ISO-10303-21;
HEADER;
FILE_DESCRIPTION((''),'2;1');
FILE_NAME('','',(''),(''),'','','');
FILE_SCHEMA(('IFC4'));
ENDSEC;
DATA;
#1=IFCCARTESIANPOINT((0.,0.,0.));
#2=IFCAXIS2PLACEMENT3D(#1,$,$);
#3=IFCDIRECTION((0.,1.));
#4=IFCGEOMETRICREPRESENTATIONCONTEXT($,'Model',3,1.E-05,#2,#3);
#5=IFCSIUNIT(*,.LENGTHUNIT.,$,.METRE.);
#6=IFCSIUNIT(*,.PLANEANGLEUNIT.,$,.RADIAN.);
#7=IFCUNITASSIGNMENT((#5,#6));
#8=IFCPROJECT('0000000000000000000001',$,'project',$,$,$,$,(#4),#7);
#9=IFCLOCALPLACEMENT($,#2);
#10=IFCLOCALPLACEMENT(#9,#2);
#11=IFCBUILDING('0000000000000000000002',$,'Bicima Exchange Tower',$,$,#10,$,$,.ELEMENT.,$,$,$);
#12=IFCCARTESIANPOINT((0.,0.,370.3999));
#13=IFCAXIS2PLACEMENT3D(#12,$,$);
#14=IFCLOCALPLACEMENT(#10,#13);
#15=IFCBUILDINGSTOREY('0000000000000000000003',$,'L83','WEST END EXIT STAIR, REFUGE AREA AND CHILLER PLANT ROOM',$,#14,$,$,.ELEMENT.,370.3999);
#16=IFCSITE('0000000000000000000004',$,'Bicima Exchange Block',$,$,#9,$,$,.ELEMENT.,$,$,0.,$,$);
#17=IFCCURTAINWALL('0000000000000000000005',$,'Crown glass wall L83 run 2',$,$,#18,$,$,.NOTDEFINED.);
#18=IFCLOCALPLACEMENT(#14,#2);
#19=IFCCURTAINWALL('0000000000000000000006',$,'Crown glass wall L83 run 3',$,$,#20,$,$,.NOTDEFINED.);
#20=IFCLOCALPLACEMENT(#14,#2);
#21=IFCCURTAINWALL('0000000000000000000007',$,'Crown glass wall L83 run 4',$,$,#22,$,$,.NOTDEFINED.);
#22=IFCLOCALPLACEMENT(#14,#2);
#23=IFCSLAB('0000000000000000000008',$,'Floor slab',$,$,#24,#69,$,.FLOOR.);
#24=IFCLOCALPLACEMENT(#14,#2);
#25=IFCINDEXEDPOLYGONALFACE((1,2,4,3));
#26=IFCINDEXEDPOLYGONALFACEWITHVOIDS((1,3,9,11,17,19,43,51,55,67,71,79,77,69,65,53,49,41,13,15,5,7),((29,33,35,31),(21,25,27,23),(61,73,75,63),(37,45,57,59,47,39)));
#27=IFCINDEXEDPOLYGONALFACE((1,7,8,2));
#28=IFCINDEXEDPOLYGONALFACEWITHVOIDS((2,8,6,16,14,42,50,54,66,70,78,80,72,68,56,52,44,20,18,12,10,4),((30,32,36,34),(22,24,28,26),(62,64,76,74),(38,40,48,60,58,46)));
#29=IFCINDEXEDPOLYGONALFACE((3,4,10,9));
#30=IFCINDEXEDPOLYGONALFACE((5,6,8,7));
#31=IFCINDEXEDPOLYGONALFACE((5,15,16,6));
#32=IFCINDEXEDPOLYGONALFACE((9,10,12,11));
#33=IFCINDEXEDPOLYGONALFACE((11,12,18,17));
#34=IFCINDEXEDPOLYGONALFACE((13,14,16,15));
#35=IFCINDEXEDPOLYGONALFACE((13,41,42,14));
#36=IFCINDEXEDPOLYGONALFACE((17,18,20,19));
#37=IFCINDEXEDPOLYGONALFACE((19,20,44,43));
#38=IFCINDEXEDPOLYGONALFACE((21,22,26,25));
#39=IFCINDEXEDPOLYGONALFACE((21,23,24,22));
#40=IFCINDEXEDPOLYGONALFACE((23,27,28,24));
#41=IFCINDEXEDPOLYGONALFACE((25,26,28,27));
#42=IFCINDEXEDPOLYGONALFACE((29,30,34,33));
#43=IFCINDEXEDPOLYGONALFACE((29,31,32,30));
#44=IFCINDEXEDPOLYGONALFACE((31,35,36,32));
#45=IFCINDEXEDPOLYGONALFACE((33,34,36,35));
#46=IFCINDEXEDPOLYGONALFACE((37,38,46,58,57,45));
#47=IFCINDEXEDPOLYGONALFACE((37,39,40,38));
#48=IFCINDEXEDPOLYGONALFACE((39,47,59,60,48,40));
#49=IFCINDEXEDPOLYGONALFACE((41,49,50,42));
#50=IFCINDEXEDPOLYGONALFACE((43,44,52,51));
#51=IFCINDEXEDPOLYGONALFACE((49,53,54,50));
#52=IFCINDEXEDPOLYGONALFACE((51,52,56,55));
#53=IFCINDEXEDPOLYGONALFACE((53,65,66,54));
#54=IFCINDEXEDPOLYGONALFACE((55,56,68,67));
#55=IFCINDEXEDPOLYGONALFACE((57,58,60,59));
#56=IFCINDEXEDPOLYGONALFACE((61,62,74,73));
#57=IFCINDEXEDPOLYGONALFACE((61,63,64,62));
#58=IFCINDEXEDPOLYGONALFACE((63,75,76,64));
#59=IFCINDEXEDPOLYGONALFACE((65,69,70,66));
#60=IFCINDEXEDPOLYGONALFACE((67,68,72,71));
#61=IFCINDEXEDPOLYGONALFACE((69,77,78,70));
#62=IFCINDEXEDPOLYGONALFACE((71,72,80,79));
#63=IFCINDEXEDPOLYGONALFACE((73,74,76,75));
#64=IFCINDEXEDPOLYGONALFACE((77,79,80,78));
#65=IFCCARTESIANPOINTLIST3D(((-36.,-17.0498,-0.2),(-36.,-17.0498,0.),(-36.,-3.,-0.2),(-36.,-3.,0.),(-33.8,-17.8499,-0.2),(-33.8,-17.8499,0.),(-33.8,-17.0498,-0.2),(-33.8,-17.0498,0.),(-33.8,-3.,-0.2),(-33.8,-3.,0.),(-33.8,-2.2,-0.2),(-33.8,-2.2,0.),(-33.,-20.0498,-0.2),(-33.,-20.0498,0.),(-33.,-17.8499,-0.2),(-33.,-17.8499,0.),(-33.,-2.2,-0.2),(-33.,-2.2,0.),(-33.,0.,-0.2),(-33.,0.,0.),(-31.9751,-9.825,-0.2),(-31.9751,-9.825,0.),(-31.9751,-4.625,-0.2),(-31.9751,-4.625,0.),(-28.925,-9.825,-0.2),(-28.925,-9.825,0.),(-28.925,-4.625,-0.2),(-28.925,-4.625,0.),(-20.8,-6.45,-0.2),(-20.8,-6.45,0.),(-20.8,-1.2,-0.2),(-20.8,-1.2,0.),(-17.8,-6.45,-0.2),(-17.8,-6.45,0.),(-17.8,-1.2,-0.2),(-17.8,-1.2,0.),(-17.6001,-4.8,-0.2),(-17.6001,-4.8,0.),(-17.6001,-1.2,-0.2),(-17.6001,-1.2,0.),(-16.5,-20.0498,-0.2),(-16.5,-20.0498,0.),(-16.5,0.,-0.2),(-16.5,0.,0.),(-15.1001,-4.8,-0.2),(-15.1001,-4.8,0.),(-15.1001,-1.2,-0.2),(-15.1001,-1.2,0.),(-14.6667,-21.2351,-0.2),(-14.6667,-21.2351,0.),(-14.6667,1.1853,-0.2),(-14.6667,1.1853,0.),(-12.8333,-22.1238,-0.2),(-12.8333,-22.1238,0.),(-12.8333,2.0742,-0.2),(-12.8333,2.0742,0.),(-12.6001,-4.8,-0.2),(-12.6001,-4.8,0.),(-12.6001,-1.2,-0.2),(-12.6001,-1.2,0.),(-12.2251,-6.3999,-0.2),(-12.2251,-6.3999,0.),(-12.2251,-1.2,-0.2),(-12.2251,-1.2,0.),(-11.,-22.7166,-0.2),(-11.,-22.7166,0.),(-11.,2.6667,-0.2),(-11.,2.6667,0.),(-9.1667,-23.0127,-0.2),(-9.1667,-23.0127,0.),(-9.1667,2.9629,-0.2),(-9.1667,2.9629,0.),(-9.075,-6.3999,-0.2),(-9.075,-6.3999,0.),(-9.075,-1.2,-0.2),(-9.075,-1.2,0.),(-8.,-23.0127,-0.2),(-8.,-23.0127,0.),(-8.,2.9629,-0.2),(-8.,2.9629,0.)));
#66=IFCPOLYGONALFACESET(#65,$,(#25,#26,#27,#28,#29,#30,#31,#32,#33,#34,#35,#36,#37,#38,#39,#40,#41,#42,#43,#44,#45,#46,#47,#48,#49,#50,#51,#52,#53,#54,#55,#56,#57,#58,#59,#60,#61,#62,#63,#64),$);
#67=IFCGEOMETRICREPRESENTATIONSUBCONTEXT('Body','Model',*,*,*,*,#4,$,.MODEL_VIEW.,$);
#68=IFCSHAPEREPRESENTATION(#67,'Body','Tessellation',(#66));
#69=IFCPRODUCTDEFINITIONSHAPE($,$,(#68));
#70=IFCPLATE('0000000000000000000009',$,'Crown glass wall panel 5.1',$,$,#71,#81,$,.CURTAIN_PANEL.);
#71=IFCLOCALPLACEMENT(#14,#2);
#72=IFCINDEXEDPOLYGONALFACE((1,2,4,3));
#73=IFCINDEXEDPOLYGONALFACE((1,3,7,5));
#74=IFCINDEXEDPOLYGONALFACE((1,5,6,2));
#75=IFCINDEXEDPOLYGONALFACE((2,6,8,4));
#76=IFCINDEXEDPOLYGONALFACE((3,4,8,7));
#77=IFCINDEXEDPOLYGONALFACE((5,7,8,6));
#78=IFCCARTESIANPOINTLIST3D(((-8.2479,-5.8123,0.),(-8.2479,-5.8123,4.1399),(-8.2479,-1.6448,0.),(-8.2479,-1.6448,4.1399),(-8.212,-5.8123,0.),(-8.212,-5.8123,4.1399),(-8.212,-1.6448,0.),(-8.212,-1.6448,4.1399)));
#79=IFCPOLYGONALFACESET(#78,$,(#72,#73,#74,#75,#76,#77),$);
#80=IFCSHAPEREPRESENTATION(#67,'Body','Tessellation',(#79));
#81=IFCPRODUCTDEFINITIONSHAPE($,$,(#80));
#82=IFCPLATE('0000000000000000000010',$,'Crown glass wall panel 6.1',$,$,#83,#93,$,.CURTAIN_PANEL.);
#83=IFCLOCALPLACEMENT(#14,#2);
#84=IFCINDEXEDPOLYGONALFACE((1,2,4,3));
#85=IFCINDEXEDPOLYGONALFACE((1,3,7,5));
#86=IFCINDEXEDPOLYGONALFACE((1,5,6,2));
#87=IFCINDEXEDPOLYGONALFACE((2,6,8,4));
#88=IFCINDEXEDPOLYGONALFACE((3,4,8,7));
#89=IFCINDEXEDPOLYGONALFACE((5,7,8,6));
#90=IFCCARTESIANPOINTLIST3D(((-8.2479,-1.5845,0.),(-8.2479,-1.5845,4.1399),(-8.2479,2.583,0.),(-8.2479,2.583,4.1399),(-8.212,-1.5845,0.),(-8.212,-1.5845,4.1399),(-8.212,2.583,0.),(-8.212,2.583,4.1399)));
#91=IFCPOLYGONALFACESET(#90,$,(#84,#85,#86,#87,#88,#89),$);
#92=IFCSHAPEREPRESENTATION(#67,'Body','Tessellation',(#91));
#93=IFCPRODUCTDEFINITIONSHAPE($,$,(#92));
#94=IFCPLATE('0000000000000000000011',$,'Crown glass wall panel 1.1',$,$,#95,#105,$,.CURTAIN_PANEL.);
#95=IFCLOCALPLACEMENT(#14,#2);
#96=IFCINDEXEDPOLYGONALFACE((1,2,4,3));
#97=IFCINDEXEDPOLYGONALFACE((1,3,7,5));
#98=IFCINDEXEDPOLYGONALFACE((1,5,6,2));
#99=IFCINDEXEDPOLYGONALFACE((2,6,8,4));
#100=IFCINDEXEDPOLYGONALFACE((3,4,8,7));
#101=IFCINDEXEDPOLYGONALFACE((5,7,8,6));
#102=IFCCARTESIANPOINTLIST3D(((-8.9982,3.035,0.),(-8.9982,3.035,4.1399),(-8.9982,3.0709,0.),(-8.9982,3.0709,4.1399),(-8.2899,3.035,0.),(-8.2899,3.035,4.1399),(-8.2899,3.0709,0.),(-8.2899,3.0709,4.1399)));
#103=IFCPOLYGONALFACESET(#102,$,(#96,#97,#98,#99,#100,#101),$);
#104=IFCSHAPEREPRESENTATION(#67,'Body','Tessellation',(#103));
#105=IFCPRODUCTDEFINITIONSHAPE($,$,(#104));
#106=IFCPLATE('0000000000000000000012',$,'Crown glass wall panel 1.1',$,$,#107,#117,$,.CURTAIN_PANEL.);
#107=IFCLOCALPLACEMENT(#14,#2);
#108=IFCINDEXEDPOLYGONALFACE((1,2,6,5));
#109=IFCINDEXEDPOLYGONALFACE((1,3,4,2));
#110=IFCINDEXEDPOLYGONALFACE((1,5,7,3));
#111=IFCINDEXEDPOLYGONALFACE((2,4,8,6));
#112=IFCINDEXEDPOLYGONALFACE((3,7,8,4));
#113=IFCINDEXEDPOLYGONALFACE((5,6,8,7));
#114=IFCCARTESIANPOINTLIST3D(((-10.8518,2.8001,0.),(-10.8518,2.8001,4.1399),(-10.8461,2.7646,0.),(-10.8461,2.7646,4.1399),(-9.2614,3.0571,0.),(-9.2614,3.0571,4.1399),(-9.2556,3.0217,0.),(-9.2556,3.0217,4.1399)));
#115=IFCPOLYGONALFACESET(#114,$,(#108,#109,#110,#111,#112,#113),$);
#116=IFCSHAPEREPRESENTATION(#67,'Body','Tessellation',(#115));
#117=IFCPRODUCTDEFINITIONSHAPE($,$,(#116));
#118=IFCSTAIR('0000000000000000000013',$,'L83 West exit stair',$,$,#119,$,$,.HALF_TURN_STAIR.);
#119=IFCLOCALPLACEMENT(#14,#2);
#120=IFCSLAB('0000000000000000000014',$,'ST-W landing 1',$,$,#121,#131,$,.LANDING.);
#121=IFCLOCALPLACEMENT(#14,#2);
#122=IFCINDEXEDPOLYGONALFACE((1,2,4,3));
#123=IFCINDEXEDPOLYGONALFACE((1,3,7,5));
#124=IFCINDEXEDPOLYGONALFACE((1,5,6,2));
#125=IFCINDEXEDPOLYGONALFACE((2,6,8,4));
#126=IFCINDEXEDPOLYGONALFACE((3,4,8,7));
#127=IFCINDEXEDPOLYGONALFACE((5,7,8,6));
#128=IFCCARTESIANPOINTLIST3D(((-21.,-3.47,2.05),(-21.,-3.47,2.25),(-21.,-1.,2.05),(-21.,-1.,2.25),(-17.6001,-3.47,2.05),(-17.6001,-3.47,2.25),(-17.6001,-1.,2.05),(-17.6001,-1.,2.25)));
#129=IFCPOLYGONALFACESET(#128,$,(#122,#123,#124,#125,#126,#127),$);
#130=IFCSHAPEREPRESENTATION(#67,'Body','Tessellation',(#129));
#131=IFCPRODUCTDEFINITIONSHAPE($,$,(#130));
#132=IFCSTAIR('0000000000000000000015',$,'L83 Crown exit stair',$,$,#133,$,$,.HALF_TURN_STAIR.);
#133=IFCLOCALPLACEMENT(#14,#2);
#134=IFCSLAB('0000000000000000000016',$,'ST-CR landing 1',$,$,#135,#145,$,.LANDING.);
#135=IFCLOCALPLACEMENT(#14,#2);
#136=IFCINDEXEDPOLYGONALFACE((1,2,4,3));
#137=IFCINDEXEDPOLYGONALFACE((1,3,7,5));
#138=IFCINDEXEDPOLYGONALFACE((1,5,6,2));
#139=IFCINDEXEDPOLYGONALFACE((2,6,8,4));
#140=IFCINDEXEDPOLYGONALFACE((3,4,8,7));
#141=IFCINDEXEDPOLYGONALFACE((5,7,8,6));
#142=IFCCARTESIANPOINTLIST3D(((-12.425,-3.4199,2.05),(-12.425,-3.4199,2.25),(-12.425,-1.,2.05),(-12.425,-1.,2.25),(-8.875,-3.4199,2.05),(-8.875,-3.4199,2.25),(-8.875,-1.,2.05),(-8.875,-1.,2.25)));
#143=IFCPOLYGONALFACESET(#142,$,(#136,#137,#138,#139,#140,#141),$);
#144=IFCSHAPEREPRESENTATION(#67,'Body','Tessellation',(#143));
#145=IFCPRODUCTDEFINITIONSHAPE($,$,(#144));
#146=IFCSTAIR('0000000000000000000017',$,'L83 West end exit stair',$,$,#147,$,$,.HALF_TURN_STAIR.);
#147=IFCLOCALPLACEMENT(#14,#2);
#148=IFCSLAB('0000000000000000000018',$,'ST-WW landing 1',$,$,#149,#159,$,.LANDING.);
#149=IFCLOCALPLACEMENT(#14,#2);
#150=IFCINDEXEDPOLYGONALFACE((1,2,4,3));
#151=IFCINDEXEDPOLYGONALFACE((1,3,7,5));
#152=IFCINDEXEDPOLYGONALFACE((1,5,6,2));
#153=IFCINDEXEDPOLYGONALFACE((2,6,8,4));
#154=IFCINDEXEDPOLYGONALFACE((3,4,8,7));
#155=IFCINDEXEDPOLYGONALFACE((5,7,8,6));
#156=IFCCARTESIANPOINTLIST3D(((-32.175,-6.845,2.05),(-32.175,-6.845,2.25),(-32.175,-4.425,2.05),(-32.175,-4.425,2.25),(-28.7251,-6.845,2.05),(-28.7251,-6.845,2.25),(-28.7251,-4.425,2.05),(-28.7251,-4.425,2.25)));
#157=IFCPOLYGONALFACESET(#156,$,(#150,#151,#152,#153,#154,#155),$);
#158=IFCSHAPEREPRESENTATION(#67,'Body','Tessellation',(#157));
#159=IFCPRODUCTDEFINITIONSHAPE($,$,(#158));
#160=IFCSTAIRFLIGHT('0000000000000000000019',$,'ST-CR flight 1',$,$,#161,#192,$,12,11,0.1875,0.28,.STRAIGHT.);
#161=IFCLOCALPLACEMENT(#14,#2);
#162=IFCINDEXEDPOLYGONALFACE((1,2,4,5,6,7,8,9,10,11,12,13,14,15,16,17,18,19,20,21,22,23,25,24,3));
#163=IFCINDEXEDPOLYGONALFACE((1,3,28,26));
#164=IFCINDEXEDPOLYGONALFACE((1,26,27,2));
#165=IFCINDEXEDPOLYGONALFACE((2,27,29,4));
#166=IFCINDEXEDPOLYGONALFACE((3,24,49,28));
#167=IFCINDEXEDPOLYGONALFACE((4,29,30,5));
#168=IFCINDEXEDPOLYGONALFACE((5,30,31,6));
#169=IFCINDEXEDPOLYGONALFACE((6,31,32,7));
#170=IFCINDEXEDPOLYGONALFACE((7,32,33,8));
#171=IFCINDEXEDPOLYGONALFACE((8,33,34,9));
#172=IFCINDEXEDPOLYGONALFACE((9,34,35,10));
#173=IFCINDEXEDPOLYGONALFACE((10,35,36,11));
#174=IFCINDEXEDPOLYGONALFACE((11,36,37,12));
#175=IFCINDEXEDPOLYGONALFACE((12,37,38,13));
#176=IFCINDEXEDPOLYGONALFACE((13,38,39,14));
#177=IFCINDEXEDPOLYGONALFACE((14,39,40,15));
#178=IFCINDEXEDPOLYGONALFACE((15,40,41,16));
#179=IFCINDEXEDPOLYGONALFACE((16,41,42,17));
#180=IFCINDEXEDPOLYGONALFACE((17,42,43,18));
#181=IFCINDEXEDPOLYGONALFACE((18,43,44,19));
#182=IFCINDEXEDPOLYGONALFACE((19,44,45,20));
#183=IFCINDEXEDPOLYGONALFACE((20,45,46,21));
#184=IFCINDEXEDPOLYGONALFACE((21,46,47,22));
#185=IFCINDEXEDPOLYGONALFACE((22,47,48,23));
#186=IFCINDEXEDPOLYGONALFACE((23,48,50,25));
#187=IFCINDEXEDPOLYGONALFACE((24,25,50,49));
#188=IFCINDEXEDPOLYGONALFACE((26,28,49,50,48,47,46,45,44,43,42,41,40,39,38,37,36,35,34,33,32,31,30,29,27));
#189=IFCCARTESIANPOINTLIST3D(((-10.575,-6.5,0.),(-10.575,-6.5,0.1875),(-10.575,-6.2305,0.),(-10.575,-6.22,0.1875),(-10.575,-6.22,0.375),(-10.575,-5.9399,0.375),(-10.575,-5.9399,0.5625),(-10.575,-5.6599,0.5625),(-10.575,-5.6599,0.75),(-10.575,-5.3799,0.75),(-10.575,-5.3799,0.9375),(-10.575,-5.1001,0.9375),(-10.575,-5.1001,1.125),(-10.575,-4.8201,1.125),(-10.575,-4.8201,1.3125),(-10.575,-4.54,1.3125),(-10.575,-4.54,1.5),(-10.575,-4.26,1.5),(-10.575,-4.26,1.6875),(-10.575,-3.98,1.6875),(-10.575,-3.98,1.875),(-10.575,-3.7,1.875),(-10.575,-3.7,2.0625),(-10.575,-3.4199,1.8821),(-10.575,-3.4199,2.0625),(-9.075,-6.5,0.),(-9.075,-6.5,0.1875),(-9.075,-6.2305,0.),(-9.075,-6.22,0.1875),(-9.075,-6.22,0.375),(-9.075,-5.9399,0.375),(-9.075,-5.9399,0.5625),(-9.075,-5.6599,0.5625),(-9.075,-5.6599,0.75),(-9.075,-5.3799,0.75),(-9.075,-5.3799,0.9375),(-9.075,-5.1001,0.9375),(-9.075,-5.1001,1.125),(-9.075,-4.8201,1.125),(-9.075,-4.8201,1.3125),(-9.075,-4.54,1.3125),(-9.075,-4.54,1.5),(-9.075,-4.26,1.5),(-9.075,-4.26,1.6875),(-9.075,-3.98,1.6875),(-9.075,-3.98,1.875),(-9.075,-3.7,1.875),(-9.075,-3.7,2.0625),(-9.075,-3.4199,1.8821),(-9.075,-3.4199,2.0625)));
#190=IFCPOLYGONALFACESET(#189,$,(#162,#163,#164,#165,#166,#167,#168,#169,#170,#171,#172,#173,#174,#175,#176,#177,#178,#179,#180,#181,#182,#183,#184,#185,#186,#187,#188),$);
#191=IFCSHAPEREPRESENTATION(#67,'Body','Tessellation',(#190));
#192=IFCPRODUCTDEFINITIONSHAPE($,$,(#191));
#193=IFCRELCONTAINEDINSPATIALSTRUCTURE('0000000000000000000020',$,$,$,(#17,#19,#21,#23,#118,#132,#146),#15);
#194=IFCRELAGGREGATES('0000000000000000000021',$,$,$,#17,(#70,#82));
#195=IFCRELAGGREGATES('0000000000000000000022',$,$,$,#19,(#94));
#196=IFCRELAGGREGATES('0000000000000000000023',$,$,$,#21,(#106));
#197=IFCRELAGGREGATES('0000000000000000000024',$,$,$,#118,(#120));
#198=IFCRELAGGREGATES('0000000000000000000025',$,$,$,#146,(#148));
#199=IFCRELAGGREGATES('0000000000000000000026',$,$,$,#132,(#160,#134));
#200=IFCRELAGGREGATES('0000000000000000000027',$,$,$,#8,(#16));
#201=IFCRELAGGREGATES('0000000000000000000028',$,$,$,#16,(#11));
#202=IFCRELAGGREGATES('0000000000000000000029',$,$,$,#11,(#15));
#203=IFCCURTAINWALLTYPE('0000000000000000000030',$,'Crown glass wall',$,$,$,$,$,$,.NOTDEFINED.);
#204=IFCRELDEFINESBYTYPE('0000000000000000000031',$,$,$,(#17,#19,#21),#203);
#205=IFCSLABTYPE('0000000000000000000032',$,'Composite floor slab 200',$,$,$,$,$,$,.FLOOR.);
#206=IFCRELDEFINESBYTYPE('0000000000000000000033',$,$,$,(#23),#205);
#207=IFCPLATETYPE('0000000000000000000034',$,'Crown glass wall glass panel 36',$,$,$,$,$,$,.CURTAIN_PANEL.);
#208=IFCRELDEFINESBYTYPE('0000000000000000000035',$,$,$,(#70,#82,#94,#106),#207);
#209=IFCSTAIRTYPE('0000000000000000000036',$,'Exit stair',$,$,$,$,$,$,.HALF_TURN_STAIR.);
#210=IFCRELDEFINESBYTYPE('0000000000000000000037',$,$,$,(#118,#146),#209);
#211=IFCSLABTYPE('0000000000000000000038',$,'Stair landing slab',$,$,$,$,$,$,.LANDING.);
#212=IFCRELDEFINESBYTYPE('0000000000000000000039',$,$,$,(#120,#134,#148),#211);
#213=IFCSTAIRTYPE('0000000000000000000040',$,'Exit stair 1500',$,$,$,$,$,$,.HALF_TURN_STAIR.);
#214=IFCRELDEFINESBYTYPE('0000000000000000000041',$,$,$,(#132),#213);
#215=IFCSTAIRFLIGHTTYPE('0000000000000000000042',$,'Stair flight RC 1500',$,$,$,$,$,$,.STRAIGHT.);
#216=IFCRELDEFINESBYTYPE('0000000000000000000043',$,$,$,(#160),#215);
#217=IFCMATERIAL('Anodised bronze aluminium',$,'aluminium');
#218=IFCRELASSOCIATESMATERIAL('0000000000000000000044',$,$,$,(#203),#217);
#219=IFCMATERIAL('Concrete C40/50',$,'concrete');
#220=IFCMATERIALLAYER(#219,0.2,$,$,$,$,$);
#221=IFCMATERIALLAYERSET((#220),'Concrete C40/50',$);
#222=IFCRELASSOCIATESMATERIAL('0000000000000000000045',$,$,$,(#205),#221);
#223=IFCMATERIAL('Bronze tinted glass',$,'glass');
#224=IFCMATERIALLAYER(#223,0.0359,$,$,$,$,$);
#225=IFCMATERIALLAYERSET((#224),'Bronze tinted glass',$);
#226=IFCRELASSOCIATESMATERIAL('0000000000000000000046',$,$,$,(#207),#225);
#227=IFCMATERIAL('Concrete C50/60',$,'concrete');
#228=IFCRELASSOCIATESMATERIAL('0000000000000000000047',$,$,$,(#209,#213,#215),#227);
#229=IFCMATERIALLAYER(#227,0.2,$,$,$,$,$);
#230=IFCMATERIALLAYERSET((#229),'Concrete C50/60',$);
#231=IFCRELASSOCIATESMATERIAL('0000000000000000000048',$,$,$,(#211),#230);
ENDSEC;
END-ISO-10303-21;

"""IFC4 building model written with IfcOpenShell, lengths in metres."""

from ifc_helpers import new_model, si_unit, direction, frame, origin, origin_2d, place, context, subcontext, project, spatial, polyline, rectangle, outline, extrude, material, layer, layer_set, type_object, element, aggregate, save


model = new_model("IFC4")

# Units and contexts
model_context = context("Model", 3, precision=1e-05, world=origin(), true_north=direction((0.0, 1.0)))
body_context = subcontext(model_context, "Body", "Model", "MODEL_VIEW")
ifc_project = project(units=[si_unit("LENGTHUNIT", "METRE"), si_unit("PLANEANGLEUNIT", "RADIAN")], contexts=[model_context])

# Site, building, storey
site_placement = place(None, origin())
site = spatial("IfcSite", under=ifc_project, at=site_placement, Name="Bicima Exchange Block", CompositionType="ELEMENT", RefElevation=0.0)
building_placement = place(site_placement, origin())
building = spatial("IfcBuilding", under=site, at=building_placement, Name="Bicima Exchange Tower", CompositionType="ELEMENT")
storey_placement = place(building_placement, frame((0.0, 0.0, 370.3999)))
storey = spatial("IfcBuildingStorey", under=building, at=storey_placement, Name="L83", Description="WEST END EXIT STAIR, REFUGE AREA AND CHILLER PLANT ROOM", CompositionType="ELEMENT", Elevation=370.3999)

# Curtain walls
ifc_material_1 = material(Name="Anodised bronze aluminium", Category="aluminium")
curtain_wall_type = type_object("IfcCurtainWallType", Name="Crown glass wall", PredefinedType="NOTDEFINED", material=ifc_material_1)
curtain_wall_1_placement = place(storey_placement, origin())
curtain_wall_1 = element("IfcCurtainWall", 1, at=curtain_wall_1_placement, inside=storey, type_object=curtain_wall_type, Name="Crown glass wall L83 run 2", PredefinedType="NOTDEFINED")
curtain_wall_2_placement = place(storey_placement, origin())
curtain_wall_2 = element("IfcCurtainWall", 2, at=curtain_wall_2_placement, inside=storey, type_object=curtain_wall_type, Name="Crown glass wall L83 run 3", PredefinedType="NOTDEFINED")
curtain_wall_3_placement = place(storey_placement, origin())
curtain_wall_3 = element("IfcCurtainWall", 3, at=curtain_wall_3_placement, inside=storey, type_object=curtain_wall_type, Name="Crown glass wall L83 run 4", PredefinedType="NOTDEFINED")

# Slab
ifc_material_2 = material(Name="Concrete C40/50", Category="concrete")
ifc_layer_1 = layer(ifc_material_2, 0.2)
ifc_layer_set_1 = layer_set([ifc_layer_1], Name="Concrete C40/50")
slab_type_1 = type_object("IfcSlabType", Name="Composite floor slab 200", PredefinedType="FLOOR", material=ifc_layer_set_1)
slab_1_placement = place(storey_placement, frame((0.0, 0.0, -0.2)))
element("IfcSlab", 4, at=slab_1_placement, inside=storey, type_object=slab_type_1, Name="Floor slab", PredefinedType="FLOOR", context=body_context, shape_type="SweptSolid", body=[
    extrude(outline(polyline([(-33.8, -17.0498), (-36.0, -17.0498), (-36.0, -3.0), (-33.8, -3.0), (-33.8, -2.2), (-33.0, -2.2), (-33.0, 0.0), (-16.5, 0.0), (-14.6667, 1.1853), (-12.8333, 2.0742), (-11.0, 2.6667), (-9.1667, 2.9629), (-8.0, 2.9629), (-8.0, -23.0127), (-9.1667, -23.0127), (-11.0, -22.7166), (-12.8333, -22.1238), (-14.6667, -21.2351), (-16.5, -20.0498), (-33.0, -20.0498), (-33.0, -17.8499), (-33.8, -17.8499), (-33.8, -17.0498)]), holes=[polyline([(-28.925, -4.625), (-31.9751, -4.625), (-31.9751, -9.825), (-28.925, -9.825), (-28.925, -4.625)]), polyline([(-17.8, -1.2), (-20.8, -1.2), (-20.8, -6.45), (-17.8, -6.45), (-17.8, -1.2)]), polyline([(-9.075, -1.2), (-12.2251, -1.2), (-12.2251, -6.3999), (-9.075, -6.3999), (-9.075, -1.2)]), polyline([(-12.6001, -1.2), (-15.1001, -1.2), (-17.6001, -1.2), (-17.6001, -4.8), (-15.1001, -4.8), (-12.6001, -4.8), (-12.6001, -1.2)])]), origin(), (0.0, 0.0, 1.0), 0.2),
])

# Plates
ifc_material_3 = material(Name="Bronze tinted glass", Category="glass")
ifc_layer_2 = layer(ifc_material_3, 0.0359)
ifc_layer_set_2 = layer_set([ifc_layer_2], Name="Bronze tinted glass")
plate_type = type_object("IfcPlateType", Name="Crown glass wall glass panel 36", PredefinedType="CURTAIN_PANEL", material=ifc_layer_set_2)
plate_1_placement = place(storey_placement, frame((-8.23, -3.7285, 0.0), z_axis=(0.0, 0.0, 1.0), x_axis=(0.0, 1.0, 0.0)))
plate_1 = element("IfcPlate", 5, at=plate_1_placement, type_object=plate_type, Name="Crown glass wall panel 5.1", PredefinedType="CURTAIN_PANEL", context=body_context, shape_type="SweptSolid", body=[
    extrude(rectangle(XDim=4.1675, YDim=0.0359, at=origin_2d()), origin(), (0.0, 0.0, 1.0), 4.1399),
])
plate_2_placement = place(storey_placement, frame((-8.23, 0.4993, 0.0), z_axis=(0.0, 0.0, 1.0), x_axis=(0.0, 1.0, 0.0)))
plate_2 = element("IfcPlate", 6, at=plate_2_placement, type_object=plate_type, Name="Crown glass wall panel 6.1", PredefinedType="CURTAIN_PANEL", context=body_context, shape_type="SweptSolid", body=[
    extrude(rectangle(XDim=4.1675, YDim=0.0359, at=origin_2d()), origin(), (0.0, 0.0, 1.0), 4.1399),
])
aggregate(curtain_wall_1, [plate_1, plate_2])
plate_3_placement = place(storey_placement, frame((-8.644, 3.053, 0.0), z_axis=(0.0, 0.0, 1.0), x_axis=(-1.0, 0.0, 0.0)))
plate_3 = element("IfcPlate", 7, at=plate_3_placement, type_object=plate_type, Name="Crown glass wall panel 1.1", PredefinedType="CURTAIN_PANEL", context=body_context, shape_type="SweptSolid", body=[
    extrude(rectangle(XDim=0.7083, YDim=0.0359, at=origin_2d()), origin(), (0.0, 0.0, 1.0), 4.1399),
])
aggregate(curtain_wall_2, [plate_3])
plate_4_placement = place(storey_placement, frame((-10.0537, 2.9109, 0.0), z_axis=(0.0, 0.0, 1.0), x_axis=(-0.98719, -0.15955, 0.0)))
plate_4 = element("IfcPlate", 8, at=plate_4_placement, type_object=plate_type, Name="Crown glass wall panel 1.1", PredefinedType="CURTAIN_PANEL", context=body_context, shape_type="SweptSolid", body=[
    extrude(rectangle(XDim=1.6111, YDim=0.0359, at=origin_2d()), origin(), (0.0, 0.0, 1.0), 4.1399),
])
aggregate(curtain_wall_3, [plate_4])

# Stairs, slabs
ifc_material_4 = material(Name="Concrete C50/60", Category="concrete")
stair_type_1 = type_object("IfcStairType", Name="Exit stair", PredefinedType="HALF_TURN_STAIR", material=ifc_material_4)
stair_1_placement = place(storey_placement, origin())
stair_1 = element("IfcStair", 9, at=stair_1_placement, inside=storey, type_object=stair_type_1, Name="L83 West exit stair", PredefinedType="HALF_TURN_STAIR")
ifc_layer_3 = layer(ifc_material_4, 0.2)
ifc_layer_set_3 = layer_set([ifc_layer_3], Name="Concrete C50/60")
slab_type_2 = type_object("IfcSlabType", Name="Stair landing slab", PredefinedType="LANDING", material=ifc_layer_set_3)
slab_2_placement = place(storey_placement, frame((0.0, 0.0, 2.05)))
slab_2 = element("IfcSlab", 10, at=slab_2_placement, type_object=slab_type_2, Name="ST-W landing 1", PredefinedType="LANDING", context=body_context, shape_type="SweptSolid", body=[
    extrude(outline(polyline([(-17.6001, -3.47), (-17.6001, -1.0), (-21.0, -1.0), (-21.0, -3.47), (-17.6001, -3.47)])), origin(), (0.0, 0.0, 1.0), 0.2),
])
aggregate(stair_1, [slab_2])
stair_type_2 = type_object("IfcStairType", Name="Exit stair 1500", PredefinedType="HALF_TURN_STAIR", material=ifc_material_4)
stair_2_placement = place(storey_placement, origin())
stair_2 = element("IfcStair", 11, at=stair_2_placement, inside=storey, type_object=stair_type_2, Name="L83 Crown exit stair", PredefinedType="HALF_TURN_STAIR")
slab_3_placement = place(storey_placement, frame((0.0, 0.0, 2.05)))
slab_3 = element("IfcSlab", 12, at=slab_3_placement, type_object=slab_type_2, Name="ST-CR landing 1", PredefinedType="LANDING", context=body_context, shape_type="SweptSolid", body=[
    extrude(outline(polyline([(-8.875, -3.4199), (-8.875, -1.0), (-12.425, -1.0), (-12.425, -3.4199), (-8.875, -3.4199)])), origin(), (0.0, 0.0, 1.0), 0.2),
])
stair_3_placement = place(storey_placement, origin())
stair_3 = element("IfcStair", 13, at=stair_3_placement, inside=storey, type_object=stair_type_1, Name="L83 West end exit stair", PredefinedType="HALF_TURN_STAIR")
slab_4_placement = place(storey_placement, frame((0.0, 0.0, 2.05)))
slab_4 = element("IfcSlab", 14, at=slab_4_placement, type_object=slab_type_2, Name="ST-WW landing 1", PredefinedType="LANDING", context=body_context, shape_type="SweptSolid", body=[
    extrude(outline(polyline([(-28.7251, -6.845), (-28.7251, -4.425), (-32.175, -4.425), (-32.175, -6.845), (-28.7251, -6.845)])), origin(), (0.0, 0.0, 1.0), 0.2),
])
aggregate(stair_3, [slab_4])

# Stair flight
stair_flight_type = type_object("IfcStairFlightType", Name="Stair flight RC 1500", PredefinedType="STRAIGHT", material=ifc_material_4)
stair_flight_placement = place(storey_placement, frame((-9.825, -6.5, 0.0), z_axis=(0.0, 0.0, 1.0), x_axis=(0.0, 1.0, 0.0)))
stair_flight = element("IfcStairFlight", 15, at=stair_flight_placement, type_object=stair_flight_type, Name="ST-CR flight 1", NumberOfRisers=12, NumberOfTreads=11, PredefinedType="STRAIGHT", RiserHeight=0.1875, TreadLength=0.28, context=body_context, shape_type="SweptSolid", body=[
    extrude(outline(polyline([(0.0, 0.0), (0.0, 0.1875), (0.28, 0.1875), (0.28, 0.375), (0.5601, 0.375), (0.5601, 0.5625), (0.8401, 0.5625), (0.8401, 0.75), (1.1201, 0.75), (1.1201, 0.9375), (1.3999, 0.9375), (1.3999, 1.125), (1.6799, 1.125), (1.6799, 1.3125), (1.96, 1.3125), (1.96, 1.5), (2.24, 1.5), (2.24, 1.6875), (2.52, 1.6875), (2.52, 1.875), (2.8, 1.875), (2.8, 2.0625), (3.0801, 2.0625), (3.0801, 2.25), (3.0801, 1.8821), (0.2695, 0.0), (0.0, 0.0)])), frame((0.0, 0.75, 0.0), z_axis=(0.0, -1.0, 0.0), x_axis=(1.0, 0.0, 0.0)), (0.0, 0.0, 1.0), 1.5),
])
aggregate(stair_2, [stair_flight, slab_3])

save(model, "model.ifc")
